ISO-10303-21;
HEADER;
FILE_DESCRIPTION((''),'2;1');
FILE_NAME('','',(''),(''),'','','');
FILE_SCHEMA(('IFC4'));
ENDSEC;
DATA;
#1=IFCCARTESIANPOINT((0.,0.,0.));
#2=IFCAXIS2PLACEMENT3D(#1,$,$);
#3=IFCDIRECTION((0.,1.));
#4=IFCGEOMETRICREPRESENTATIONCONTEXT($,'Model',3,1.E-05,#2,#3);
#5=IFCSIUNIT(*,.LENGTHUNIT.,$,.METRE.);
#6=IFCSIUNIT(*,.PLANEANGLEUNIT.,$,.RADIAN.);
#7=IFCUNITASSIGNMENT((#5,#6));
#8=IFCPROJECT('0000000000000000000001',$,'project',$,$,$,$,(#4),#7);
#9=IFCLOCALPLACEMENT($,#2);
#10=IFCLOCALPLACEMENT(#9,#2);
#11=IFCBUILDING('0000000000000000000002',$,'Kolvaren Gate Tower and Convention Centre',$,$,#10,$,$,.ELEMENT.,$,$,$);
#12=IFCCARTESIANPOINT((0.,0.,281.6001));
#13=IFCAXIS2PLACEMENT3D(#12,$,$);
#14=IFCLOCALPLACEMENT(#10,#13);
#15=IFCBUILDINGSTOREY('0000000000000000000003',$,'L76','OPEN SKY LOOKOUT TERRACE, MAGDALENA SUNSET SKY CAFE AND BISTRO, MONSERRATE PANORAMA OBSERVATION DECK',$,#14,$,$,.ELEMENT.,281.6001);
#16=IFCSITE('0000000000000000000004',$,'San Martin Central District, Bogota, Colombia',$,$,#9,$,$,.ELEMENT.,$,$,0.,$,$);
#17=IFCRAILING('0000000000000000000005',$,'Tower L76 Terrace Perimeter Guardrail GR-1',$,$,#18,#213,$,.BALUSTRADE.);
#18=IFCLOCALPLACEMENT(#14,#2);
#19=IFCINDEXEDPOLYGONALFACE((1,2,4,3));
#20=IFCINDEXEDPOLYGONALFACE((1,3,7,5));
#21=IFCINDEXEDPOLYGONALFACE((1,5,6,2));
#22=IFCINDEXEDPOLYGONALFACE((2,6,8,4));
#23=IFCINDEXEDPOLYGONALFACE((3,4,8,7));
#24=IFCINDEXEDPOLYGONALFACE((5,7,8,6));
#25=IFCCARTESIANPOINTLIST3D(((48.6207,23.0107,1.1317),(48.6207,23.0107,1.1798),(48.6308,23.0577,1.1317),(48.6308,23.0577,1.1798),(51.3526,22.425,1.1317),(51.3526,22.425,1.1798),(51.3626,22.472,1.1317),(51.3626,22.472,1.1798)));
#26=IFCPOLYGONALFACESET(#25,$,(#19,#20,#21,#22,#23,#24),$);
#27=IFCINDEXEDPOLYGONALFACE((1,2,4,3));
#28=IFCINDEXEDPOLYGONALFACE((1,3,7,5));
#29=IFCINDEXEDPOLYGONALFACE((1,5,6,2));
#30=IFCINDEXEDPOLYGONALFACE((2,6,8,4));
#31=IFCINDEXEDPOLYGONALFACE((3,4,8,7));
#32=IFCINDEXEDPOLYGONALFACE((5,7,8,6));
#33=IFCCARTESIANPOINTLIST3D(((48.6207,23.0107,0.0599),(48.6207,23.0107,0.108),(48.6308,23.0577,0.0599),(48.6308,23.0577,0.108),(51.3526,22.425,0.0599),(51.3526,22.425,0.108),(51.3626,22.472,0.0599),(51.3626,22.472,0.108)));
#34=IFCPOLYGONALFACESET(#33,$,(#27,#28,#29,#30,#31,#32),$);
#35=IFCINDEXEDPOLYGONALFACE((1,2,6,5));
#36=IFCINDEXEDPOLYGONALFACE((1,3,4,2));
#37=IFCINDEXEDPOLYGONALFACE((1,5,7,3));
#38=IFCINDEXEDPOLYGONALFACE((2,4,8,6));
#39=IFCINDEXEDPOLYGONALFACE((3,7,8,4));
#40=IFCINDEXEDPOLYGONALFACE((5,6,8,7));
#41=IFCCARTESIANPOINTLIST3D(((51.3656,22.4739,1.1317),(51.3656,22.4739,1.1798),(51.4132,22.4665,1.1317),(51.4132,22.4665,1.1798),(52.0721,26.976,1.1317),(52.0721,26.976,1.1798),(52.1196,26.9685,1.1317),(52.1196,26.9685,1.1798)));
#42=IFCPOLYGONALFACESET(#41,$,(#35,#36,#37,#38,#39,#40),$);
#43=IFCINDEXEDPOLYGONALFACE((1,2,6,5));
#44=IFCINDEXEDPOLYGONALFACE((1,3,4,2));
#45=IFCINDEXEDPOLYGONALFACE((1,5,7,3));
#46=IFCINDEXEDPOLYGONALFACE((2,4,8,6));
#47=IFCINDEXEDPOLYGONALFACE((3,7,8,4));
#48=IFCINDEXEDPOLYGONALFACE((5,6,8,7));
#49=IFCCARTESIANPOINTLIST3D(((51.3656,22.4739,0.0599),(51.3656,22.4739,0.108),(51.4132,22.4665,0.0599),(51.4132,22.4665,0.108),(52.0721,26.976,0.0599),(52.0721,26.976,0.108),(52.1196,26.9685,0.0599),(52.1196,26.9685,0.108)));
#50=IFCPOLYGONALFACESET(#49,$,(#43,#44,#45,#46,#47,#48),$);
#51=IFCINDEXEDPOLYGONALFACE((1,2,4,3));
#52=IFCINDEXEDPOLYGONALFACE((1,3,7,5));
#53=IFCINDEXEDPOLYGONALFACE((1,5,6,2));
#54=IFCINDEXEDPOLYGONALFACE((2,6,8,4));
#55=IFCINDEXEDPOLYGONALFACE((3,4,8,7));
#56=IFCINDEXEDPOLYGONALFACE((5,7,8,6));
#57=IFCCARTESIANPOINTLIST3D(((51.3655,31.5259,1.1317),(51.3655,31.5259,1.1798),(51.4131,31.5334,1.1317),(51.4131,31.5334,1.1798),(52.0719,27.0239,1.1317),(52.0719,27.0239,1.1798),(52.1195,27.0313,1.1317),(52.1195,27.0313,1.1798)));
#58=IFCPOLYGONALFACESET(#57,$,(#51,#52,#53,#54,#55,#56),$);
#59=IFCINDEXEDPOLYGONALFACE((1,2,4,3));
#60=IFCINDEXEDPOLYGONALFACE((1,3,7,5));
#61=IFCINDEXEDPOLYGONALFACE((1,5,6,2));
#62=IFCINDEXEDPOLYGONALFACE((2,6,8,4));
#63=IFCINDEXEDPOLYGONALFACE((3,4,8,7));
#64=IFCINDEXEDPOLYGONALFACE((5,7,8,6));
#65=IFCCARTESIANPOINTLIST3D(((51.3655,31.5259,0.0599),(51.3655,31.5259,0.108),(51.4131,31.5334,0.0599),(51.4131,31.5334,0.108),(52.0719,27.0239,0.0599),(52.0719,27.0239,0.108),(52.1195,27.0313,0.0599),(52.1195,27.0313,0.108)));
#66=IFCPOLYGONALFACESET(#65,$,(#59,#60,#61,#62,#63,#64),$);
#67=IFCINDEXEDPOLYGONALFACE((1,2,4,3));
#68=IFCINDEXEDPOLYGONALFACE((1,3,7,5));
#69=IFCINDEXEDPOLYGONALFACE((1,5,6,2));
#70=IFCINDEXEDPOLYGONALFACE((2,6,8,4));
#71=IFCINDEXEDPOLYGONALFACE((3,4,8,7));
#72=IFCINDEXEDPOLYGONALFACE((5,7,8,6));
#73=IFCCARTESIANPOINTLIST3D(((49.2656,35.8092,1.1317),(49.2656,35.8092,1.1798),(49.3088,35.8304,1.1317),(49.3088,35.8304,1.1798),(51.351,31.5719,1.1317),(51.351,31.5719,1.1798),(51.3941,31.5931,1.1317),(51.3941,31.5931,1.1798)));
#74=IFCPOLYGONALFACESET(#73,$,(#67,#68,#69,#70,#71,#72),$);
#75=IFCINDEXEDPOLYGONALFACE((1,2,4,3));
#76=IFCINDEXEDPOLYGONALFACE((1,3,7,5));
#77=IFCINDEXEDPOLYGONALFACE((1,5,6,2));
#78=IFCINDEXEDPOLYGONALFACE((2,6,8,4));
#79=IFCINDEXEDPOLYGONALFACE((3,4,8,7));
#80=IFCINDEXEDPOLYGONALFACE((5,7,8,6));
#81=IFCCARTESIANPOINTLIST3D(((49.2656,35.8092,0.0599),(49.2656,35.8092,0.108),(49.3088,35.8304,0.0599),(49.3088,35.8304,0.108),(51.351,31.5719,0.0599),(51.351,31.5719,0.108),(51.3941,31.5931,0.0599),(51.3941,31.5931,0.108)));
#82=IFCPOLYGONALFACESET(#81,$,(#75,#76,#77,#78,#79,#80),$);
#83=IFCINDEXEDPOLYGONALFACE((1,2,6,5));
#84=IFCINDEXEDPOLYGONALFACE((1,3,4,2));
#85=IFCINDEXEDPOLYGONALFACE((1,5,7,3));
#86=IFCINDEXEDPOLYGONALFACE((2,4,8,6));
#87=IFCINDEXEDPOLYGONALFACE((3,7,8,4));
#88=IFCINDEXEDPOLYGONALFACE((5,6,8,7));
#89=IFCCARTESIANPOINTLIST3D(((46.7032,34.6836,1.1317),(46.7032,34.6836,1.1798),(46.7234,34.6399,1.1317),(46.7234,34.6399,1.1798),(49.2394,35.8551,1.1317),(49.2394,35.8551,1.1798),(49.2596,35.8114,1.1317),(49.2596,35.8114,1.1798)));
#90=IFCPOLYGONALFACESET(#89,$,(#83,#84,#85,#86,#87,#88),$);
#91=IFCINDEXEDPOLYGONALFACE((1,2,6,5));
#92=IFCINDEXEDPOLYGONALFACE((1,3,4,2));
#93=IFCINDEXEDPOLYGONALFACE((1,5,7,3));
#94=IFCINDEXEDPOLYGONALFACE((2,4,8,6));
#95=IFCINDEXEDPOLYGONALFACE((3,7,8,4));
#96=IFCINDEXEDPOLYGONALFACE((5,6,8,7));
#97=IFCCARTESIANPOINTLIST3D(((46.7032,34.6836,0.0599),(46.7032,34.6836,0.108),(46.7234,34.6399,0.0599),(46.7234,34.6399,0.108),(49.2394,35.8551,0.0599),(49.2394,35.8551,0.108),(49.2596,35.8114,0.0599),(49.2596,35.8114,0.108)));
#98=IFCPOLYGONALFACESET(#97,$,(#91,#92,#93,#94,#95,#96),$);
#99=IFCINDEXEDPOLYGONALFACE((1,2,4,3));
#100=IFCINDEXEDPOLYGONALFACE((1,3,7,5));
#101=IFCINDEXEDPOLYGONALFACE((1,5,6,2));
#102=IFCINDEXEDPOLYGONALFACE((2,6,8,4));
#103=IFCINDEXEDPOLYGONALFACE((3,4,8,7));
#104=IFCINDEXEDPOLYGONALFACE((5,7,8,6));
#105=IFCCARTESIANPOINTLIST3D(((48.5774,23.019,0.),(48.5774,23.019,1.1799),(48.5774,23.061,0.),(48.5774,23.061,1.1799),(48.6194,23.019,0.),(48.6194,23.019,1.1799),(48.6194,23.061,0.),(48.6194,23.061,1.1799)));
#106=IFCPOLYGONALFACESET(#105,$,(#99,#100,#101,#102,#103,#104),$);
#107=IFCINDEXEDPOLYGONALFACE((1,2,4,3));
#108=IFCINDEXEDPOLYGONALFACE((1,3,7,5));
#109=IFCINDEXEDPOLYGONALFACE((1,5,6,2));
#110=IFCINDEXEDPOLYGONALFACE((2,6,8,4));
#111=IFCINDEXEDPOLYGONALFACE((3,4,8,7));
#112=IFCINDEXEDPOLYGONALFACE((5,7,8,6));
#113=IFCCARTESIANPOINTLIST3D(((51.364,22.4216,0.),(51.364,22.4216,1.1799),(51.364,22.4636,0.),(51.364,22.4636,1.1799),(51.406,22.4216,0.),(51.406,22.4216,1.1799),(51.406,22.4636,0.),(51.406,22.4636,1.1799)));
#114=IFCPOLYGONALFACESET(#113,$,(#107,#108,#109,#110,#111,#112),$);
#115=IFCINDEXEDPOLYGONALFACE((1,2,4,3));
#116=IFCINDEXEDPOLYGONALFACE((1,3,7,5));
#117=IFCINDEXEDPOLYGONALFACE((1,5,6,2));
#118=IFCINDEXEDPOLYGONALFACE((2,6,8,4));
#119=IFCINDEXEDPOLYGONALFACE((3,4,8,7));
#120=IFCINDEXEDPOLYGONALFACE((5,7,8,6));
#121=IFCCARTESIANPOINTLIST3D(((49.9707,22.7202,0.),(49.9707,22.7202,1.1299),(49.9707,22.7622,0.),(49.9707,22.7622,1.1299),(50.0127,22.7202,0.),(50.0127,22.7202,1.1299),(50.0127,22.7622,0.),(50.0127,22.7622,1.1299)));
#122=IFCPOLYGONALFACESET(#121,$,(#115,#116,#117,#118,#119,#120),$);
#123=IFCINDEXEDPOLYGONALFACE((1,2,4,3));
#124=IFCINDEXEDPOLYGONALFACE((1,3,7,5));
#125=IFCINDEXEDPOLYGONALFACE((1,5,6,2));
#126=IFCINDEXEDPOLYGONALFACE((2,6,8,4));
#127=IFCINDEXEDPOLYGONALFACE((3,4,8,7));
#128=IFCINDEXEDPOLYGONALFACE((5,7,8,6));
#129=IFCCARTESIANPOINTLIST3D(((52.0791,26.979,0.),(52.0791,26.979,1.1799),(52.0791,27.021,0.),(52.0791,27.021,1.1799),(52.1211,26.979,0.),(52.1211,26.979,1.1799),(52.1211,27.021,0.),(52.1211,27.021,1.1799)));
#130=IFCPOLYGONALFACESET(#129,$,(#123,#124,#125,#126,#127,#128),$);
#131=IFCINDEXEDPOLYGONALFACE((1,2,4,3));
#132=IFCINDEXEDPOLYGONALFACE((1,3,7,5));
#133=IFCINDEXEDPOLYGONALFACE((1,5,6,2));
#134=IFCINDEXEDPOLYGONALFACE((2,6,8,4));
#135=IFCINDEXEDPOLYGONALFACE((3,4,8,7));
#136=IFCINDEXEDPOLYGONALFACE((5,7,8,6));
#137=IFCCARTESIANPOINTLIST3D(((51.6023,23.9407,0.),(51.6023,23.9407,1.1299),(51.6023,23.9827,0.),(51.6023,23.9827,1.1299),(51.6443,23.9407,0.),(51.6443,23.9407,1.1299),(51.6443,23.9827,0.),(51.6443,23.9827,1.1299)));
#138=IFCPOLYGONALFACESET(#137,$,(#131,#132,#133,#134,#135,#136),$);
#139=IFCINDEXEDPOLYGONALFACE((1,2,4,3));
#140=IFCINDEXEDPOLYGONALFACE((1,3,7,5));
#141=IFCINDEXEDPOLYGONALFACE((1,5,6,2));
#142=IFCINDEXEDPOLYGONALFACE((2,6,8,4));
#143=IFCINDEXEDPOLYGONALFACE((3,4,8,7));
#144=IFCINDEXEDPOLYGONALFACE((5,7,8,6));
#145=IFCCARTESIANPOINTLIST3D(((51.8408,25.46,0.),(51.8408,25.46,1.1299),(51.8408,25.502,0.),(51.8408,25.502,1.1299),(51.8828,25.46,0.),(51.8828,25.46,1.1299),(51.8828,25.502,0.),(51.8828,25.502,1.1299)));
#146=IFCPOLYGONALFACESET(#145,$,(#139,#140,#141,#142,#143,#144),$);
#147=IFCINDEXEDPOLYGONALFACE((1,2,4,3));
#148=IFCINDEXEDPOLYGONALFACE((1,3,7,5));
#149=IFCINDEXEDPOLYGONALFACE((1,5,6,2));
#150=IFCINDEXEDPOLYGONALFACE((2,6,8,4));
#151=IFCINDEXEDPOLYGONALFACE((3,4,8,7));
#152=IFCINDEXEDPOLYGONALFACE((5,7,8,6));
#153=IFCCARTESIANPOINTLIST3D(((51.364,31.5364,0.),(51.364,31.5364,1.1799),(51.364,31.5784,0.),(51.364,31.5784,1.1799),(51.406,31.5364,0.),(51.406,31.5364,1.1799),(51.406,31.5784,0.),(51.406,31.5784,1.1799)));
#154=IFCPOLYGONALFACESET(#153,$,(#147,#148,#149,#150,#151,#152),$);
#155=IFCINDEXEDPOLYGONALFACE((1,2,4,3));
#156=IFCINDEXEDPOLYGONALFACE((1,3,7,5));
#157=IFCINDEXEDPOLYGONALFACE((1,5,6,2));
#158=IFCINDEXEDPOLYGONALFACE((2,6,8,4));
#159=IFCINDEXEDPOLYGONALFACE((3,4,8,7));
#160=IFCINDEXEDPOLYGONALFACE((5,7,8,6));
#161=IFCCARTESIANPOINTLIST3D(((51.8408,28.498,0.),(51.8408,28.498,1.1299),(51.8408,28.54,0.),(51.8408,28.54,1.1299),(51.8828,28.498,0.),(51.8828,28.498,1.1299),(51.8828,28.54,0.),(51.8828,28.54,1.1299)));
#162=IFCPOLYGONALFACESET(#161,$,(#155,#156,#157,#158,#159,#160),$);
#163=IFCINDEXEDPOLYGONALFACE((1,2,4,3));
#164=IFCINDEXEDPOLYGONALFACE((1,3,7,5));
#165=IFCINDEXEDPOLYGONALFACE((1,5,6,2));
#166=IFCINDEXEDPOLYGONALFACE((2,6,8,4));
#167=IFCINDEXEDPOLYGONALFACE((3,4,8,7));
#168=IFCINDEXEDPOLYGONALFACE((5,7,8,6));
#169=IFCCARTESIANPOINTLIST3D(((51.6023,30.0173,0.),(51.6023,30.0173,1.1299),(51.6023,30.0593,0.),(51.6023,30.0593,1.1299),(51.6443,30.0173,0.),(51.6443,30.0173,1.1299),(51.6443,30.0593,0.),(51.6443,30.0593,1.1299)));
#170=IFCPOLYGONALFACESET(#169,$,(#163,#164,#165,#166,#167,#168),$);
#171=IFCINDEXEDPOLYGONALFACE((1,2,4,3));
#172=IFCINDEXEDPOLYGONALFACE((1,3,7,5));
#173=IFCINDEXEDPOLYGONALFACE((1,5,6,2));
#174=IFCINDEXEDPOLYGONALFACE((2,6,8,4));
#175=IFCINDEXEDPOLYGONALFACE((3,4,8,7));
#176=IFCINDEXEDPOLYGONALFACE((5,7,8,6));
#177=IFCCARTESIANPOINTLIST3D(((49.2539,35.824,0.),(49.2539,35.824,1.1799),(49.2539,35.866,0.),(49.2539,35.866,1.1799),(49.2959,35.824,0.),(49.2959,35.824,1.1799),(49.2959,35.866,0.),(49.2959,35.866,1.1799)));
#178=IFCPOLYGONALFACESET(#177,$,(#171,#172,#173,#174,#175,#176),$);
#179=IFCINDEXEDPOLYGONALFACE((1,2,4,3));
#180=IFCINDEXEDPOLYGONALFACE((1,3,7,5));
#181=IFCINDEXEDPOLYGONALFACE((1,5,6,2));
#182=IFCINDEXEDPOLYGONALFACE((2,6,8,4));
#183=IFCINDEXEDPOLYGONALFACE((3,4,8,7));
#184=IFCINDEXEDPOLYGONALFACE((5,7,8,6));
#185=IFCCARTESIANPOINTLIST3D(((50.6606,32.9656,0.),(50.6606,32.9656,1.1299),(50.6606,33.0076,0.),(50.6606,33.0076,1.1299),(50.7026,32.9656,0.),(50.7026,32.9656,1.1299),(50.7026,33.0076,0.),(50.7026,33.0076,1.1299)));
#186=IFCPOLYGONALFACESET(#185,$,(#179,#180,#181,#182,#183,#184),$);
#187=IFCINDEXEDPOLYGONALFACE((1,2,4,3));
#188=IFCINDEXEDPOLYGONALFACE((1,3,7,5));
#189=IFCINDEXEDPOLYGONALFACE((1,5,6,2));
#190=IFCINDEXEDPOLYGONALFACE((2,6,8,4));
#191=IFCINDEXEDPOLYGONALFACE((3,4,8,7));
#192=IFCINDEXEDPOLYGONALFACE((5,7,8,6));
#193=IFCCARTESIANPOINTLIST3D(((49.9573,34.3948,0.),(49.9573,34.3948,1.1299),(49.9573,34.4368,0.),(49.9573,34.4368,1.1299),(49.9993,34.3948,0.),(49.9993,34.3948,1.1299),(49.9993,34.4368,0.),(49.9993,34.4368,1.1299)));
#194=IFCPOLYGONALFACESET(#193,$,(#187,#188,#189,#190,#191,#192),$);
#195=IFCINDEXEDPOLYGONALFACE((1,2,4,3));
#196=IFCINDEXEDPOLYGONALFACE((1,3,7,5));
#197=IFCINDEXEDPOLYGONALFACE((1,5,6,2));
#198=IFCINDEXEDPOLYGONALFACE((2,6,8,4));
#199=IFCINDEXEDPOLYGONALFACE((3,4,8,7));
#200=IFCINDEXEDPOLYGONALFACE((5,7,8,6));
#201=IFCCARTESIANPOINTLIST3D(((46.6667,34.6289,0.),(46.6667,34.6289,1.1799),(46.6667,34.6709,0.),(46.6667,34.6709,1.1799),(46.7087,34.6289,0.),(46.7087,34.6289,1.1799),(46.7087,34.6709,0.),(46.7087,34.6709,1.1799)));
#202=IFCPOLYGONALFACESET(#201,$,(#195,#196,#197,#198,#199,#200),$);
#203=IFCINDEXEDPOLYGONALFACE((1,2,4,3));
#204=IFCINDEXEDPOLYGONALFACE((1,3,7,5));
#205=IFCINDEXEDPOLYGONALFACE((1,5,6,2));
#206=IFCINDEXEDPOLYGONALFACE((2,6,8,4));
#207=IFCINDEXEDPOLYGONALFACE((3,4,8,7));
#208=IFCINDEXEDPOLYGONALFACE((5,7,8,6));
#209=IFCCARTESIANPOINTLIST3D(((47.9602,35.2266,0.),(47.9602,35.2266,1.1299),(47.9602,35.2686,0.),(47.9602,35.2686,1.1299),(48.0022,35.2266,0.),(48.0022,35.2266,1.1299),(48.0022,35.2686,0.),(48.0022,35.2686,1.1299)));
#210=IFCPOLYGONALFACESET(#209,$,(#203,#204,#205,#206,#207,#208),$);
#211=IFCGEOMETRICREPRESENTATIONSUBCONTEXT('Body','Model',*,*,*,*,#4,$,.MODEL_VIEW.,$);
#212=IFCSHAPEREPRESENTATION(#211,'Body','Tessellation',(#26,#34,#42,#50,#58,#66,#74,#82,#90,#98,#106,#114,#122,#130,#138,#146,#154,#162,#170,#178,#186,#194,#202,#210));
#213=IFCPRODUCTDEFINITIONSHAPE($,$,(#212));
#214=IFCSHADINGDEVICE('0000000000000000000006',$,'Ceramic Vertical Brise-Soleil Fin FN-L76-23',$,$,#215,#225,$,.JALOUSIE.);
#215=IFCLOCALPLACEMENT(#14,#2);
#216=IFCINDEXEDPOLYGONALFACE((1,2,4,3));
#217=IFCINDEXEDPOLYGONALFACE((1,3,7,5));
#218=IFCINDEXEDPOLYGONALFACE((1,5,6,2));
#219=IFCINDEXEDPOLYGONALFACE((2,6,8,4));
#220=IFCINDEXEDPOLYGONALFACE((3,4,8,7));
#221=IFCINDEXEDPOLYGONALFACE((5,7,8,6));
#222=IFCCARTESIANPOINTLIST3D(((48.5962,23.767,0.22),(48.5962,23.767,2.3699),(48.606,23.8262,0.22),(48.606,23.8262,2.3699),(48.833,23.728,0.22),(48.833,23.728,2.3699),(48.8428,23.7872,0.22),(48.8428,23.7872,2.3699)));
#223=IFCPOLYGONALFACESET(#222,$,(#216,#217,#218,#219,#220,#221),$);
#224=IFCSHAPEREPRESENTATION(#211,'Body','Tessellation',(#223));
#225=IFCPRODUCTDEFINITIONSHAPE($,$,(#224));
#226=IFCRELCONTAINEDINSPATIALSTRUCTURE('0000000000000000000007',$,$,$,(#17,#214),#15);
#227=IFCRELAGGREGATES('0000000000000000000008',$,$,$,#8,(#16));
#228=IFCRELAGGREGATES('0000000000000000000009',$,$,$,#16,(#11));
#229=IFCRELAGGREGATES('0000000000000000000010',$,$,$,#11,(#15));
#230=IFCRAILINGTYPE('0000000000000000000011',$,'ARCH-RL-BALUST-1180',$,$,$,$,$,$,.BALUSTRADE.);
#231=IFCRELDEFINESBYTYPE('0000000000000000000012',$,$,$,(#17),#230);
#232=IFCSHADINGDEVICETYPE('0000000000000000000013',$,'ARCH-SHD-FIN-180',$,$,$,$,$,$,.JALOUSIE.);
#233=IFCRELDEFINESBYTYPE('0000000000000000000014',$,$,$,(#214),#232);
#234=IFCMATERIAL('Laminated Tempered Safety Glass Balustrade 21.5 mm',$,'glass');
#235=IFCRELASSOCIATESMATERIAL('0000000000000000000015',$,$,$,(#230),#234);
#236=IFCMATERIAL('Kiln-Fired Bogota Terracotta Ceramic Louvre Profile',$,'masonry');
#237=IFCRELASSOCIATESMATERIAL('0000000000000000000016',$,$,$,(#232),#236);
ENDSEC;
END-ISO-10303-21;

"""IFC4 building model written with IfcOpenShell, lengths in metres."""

from ifc_helpers import new_model, si_unit, direction, frame, origin, origin_2d, place, context, subcontext, project, spatial, rectangle, extrude, material, type_object, element, save


model = new_model("IFC4")

# Units and contexts
model_context = context("Model", 3, precision=1e-05, world=origin(), true_north=direction((0.0, 1.0)))
body_context = subcontext(model_context, "Body", "Model", "MODEL_VIEW")
ifc_project = project(units=[si_unit("LENGTHUNIT", "METRE"), si_unit("PLANEANGLEUNIT", "RADIAN")], contexts=[model_context])

# Site, building, storey
site_placement = place(None, origin())
site = spatial("IfcSite", under=ifc_project, at=site_placement, Name="San Martin Central District, Bogota, Colombia", CompositionType="ELEMENT", RefElevation=0.0)
building_placement = place(site_placement, origin())
building = spatial("IfcBuilding", under=site, at=building_placement, Name="Kolvaren Gate Tower and Convention Centre", CompositionType="ELEMENT")
storey_placement = place(building_placement, frame((0.0, 0.0, 281.6001)))
storey = spatial("IfcBuildingStorey", under=building, at=storey_placement, Name="L76", Description="OPEN SKY LOOKOUT TERRACE, MAGDALENA SUNSET SKY CAFE AND BISTRO, MONSERRATE PANORAMA OBSERVATION DECK", CompositionType="ELEMENT", Elevation=281.6001)

# Railing
ifc_material_1 = material(Name="Laminated Tempered Safety Glass Balustrade 21.5 mm", Category="glass")
railing_type = type_object("IfcRailingType", Name="ARCH-RL-BALUST-1180", PredefinedType="BALUSTRADE", material=ifc_material_1)
railing_placement = place(storey_placement, frame((48.5984, 23.04, 0.0)))
element("IfcRailing", 1, at=railing_placement, inside=storey, type_object=railing_type, Name="Tower L76 Terrace Perimeter Guardrail GR-1", PredefinedType="BALUSTRADE", context=body_context, shape_type="SweptSolid", body=[
    extrude(rectangle(XDim=0.0481, YDim=0.0481, at=origin_2d()), frame((0.0273, -0.0059, 1.1558), z_axis=(0.977782, -0.209623, 0.0), x_axis=(0.209623, 0.977782, 0.0)), (0.0, 0.0, 1.0), 2.7939),
    extrude(rectangle(XDim=0.0481, YDim=0.0481, at=origin_2d()), frame((0.0273, -0.0059, 0.084), z_axis=(0.977782, -0.209623, 0.0), x_axis=(0.209623, 0.977782, 0.0)), (0.0, 0.0, 1.0), 2.7939),
    extrude(rectangle(XDim=0.0481, YDim=0.0481, at=origin_2d()), frame((2.791, -0.5698, 1.1558), z_axis=(0.155011, 0.987913, 0.0), x_axis=(-0.987913, 0.155011, 0.0)), (0.0, 0.0, 1.0), 4.5571),
    extrude(rectangle(XDim=0.0481, YDim=0.0481, at=origin_2d()), frame((2.791, -0.5698, 0.084), z_axis=(0.155011, 0.987913, 0.0), x_axis=(-0.987913, 0.155011, 0.0)), (0.0, 0.0, 1.0), 4.5571),
    extrude(rectangle(XDim=0.0481, YDim=0.0481, at=origin_2d()), frame((3.4973, 3.9875, 1.1558), z_axis=(-0.155011, 0.987913, 0.0), x_axis=(-0.987913, -0.155011, 0.0)), (0.0, 0.0, 1.0), 4.5571),
    extrude(rectangle(XDim=0.0481, YDim=0.0481, at=origin_2d()), frame((3.4973, 3.9875, 0.084), z_axis=(-0.155011, 0.987913, 0.0), x_axis=(-0.987913, -0.155011, 0.0)), (0.0, 0.0, 1.0), 4.5571),
    extrude(rectangle(XDim=0.0481, YDim=0.0481, at=origin_2d()), frame((2.7742, 8.5425, 1.1558), z_axis=(-0.441564, 0.89723, 0.0), x_axis=(-0.89723, -0.441564, 0.0)), (0.0, 0.0, 1.0), 4.7227),
    extrude(rectangle(XDim=0.0481, YDim=0.0481, at=origin_2d()), frame((2.7742, 8.5425, 0.084), z_axis=(-0.441564, 0.89723, 0.0), x_axis=(-0.89723, -0.441564, 0.0)), (0.0, 0.0, 1.0), 4.7227),
    extrude(rectangle(XDim=0.0481, YDim=0.0481, at=origin_2d()), frame((0.6511, 12.7932, 1.1558), z_axis=(-0.907826, -0.419346, 0.0), x_axis=(0.419346, -0.907826, 0.0)), (0.0, 0.0, 1.0), 2.7937),
    extrude(rectangle(XDim=0.0481, YDim=0.0481, at=origin_2d()), frame((0.6511, 12.7932, 0.084), z_axis=(-0.907826, -0.419346, 0.0), x_axis=(0.419346, -0.907826, 0.0)), (0.0, 0.0, 1.0), 2.7937),
    extrude(rectangle(XDim=0.042, YDim=0.042, at=origin_2d()), origin(), (0.0, 0.0, 1.0), 1.1799),
    extrude(rectangle(XDim=0.042, YDim=0.042, at=origin_2d()), frame((2.7866, -0.5974, 0.0)), (0.0, 0.0, 1.0), 1.1799),
    extrude(rectangle(XDim=0.042, YDim=0.042, at=origin_2d()), frame((1.3933, -0.2988, 0.0)), (0.0, 0.0, 1.0), 1.1299),
    extrude(rectangle(XDim=0.042, YDim=0.042, at=origin_2d()), frame((3.5017, 3.96, 0.0)), (0.0, 0.0, 1.0), 1.1799),
    extrude(rectangle(XDim=0.042, YDim=0.042, at=origin_2d()), frame((3.0249, 0.9216, 0.0)), (0.0, 0.0, 1.0), 1.1299),
    extrude(rectangle(XDim=0.042, YDim=0.042, at=origin_2d()), frame((3.2634, 2.4409, 0.0)), (0.0, 0.0, 1.0), 1.1299),
    extrude(rectangle(XDim=0.042, YDim=0.042, at=origin_2d()), frame((2.7866, 8.5173, 0.0)), (0.0, 0.0, 1.0), 1.1799),
    extrude(rectangle(XDim=0.042, YDim=0.042, at=origin_2d()), frame((3.2634, 5.479, 0.0)), (0.0, 0.0, 1.0), 1.1299),
    extrude(rectangle(XDim=0.042, YDim=0.042, at=origin_2d()), frame((3.0249, 6.9983, 0.0)), (0.0, 0.0, 1.0), 1.1299),
    extrude(rectangle(XDim=0.042, YDim=0.042, at=origin_2d()), frame((0.6765, 12.8049, 0.0)), (0.0, 0.0, 1.0), 1.1799),
    extrude(rectangle(XDim=0.042, YDim=0.042, at=origin_2d()), frame((2.0833, 9.9465, 0.0)), (0.0, 0.0, 1.0), 1.1299),
    extrude(rectangle(XDim=0.042, YDim=0.042, at=origin_2d()), frame((1.3799, 11.3757, 0.0)), (0.0, 0.0, 1.0), 1.1299),
    extrude(rectangle(XDim=0.042, YDim=0.042, at=origin_2d()), frame((-1.9106, 11.6099, 0.0)), (0.0, 0.0, 1.0), 1.1799),
    extrude(rectangle(XDim=0.042, YDim=0.042, at=origin_2d()), frame((-0.6172, 12.2075, 0.0)), (0.0, 0.0, 1.0), 1.1299),
])

# Shading device
ifc_material_2 = material(Name="Kiln-Fired Bogota Terracotta Ceramic Louvre Profile", Category="masonry")
shading_device_type = type_object("IfcShadingDeviceType", Name="ARCH-SHD-FIN-180", PredefinedType="JALOUSIE", material=ifc_material_2)
shading_device_placement = place(storey_placement, frame((48.7195, 23.7771, 0.22), z_axis=(0.0, 0.0, 1.0), x_axis=(0.162391, 0.986727, 0.0)))
element("IfcShadingDevice", 2, at=shading_device_placement, inside=storey, type_object=shading_device_type, Name="Ceramic Vertical Brise-Soleil Fin FN-L76-23", PredefinedType="JALOUSIE", context=body_context, shape_type="SweptSolid", body=[
    extrude(rectangle(XDim=0.0601, YDim=0.24, at=origin_2d()), origin(), (0.0, 0.0, 1.0), 2.1499),
])

save(model, "model.ifc")
